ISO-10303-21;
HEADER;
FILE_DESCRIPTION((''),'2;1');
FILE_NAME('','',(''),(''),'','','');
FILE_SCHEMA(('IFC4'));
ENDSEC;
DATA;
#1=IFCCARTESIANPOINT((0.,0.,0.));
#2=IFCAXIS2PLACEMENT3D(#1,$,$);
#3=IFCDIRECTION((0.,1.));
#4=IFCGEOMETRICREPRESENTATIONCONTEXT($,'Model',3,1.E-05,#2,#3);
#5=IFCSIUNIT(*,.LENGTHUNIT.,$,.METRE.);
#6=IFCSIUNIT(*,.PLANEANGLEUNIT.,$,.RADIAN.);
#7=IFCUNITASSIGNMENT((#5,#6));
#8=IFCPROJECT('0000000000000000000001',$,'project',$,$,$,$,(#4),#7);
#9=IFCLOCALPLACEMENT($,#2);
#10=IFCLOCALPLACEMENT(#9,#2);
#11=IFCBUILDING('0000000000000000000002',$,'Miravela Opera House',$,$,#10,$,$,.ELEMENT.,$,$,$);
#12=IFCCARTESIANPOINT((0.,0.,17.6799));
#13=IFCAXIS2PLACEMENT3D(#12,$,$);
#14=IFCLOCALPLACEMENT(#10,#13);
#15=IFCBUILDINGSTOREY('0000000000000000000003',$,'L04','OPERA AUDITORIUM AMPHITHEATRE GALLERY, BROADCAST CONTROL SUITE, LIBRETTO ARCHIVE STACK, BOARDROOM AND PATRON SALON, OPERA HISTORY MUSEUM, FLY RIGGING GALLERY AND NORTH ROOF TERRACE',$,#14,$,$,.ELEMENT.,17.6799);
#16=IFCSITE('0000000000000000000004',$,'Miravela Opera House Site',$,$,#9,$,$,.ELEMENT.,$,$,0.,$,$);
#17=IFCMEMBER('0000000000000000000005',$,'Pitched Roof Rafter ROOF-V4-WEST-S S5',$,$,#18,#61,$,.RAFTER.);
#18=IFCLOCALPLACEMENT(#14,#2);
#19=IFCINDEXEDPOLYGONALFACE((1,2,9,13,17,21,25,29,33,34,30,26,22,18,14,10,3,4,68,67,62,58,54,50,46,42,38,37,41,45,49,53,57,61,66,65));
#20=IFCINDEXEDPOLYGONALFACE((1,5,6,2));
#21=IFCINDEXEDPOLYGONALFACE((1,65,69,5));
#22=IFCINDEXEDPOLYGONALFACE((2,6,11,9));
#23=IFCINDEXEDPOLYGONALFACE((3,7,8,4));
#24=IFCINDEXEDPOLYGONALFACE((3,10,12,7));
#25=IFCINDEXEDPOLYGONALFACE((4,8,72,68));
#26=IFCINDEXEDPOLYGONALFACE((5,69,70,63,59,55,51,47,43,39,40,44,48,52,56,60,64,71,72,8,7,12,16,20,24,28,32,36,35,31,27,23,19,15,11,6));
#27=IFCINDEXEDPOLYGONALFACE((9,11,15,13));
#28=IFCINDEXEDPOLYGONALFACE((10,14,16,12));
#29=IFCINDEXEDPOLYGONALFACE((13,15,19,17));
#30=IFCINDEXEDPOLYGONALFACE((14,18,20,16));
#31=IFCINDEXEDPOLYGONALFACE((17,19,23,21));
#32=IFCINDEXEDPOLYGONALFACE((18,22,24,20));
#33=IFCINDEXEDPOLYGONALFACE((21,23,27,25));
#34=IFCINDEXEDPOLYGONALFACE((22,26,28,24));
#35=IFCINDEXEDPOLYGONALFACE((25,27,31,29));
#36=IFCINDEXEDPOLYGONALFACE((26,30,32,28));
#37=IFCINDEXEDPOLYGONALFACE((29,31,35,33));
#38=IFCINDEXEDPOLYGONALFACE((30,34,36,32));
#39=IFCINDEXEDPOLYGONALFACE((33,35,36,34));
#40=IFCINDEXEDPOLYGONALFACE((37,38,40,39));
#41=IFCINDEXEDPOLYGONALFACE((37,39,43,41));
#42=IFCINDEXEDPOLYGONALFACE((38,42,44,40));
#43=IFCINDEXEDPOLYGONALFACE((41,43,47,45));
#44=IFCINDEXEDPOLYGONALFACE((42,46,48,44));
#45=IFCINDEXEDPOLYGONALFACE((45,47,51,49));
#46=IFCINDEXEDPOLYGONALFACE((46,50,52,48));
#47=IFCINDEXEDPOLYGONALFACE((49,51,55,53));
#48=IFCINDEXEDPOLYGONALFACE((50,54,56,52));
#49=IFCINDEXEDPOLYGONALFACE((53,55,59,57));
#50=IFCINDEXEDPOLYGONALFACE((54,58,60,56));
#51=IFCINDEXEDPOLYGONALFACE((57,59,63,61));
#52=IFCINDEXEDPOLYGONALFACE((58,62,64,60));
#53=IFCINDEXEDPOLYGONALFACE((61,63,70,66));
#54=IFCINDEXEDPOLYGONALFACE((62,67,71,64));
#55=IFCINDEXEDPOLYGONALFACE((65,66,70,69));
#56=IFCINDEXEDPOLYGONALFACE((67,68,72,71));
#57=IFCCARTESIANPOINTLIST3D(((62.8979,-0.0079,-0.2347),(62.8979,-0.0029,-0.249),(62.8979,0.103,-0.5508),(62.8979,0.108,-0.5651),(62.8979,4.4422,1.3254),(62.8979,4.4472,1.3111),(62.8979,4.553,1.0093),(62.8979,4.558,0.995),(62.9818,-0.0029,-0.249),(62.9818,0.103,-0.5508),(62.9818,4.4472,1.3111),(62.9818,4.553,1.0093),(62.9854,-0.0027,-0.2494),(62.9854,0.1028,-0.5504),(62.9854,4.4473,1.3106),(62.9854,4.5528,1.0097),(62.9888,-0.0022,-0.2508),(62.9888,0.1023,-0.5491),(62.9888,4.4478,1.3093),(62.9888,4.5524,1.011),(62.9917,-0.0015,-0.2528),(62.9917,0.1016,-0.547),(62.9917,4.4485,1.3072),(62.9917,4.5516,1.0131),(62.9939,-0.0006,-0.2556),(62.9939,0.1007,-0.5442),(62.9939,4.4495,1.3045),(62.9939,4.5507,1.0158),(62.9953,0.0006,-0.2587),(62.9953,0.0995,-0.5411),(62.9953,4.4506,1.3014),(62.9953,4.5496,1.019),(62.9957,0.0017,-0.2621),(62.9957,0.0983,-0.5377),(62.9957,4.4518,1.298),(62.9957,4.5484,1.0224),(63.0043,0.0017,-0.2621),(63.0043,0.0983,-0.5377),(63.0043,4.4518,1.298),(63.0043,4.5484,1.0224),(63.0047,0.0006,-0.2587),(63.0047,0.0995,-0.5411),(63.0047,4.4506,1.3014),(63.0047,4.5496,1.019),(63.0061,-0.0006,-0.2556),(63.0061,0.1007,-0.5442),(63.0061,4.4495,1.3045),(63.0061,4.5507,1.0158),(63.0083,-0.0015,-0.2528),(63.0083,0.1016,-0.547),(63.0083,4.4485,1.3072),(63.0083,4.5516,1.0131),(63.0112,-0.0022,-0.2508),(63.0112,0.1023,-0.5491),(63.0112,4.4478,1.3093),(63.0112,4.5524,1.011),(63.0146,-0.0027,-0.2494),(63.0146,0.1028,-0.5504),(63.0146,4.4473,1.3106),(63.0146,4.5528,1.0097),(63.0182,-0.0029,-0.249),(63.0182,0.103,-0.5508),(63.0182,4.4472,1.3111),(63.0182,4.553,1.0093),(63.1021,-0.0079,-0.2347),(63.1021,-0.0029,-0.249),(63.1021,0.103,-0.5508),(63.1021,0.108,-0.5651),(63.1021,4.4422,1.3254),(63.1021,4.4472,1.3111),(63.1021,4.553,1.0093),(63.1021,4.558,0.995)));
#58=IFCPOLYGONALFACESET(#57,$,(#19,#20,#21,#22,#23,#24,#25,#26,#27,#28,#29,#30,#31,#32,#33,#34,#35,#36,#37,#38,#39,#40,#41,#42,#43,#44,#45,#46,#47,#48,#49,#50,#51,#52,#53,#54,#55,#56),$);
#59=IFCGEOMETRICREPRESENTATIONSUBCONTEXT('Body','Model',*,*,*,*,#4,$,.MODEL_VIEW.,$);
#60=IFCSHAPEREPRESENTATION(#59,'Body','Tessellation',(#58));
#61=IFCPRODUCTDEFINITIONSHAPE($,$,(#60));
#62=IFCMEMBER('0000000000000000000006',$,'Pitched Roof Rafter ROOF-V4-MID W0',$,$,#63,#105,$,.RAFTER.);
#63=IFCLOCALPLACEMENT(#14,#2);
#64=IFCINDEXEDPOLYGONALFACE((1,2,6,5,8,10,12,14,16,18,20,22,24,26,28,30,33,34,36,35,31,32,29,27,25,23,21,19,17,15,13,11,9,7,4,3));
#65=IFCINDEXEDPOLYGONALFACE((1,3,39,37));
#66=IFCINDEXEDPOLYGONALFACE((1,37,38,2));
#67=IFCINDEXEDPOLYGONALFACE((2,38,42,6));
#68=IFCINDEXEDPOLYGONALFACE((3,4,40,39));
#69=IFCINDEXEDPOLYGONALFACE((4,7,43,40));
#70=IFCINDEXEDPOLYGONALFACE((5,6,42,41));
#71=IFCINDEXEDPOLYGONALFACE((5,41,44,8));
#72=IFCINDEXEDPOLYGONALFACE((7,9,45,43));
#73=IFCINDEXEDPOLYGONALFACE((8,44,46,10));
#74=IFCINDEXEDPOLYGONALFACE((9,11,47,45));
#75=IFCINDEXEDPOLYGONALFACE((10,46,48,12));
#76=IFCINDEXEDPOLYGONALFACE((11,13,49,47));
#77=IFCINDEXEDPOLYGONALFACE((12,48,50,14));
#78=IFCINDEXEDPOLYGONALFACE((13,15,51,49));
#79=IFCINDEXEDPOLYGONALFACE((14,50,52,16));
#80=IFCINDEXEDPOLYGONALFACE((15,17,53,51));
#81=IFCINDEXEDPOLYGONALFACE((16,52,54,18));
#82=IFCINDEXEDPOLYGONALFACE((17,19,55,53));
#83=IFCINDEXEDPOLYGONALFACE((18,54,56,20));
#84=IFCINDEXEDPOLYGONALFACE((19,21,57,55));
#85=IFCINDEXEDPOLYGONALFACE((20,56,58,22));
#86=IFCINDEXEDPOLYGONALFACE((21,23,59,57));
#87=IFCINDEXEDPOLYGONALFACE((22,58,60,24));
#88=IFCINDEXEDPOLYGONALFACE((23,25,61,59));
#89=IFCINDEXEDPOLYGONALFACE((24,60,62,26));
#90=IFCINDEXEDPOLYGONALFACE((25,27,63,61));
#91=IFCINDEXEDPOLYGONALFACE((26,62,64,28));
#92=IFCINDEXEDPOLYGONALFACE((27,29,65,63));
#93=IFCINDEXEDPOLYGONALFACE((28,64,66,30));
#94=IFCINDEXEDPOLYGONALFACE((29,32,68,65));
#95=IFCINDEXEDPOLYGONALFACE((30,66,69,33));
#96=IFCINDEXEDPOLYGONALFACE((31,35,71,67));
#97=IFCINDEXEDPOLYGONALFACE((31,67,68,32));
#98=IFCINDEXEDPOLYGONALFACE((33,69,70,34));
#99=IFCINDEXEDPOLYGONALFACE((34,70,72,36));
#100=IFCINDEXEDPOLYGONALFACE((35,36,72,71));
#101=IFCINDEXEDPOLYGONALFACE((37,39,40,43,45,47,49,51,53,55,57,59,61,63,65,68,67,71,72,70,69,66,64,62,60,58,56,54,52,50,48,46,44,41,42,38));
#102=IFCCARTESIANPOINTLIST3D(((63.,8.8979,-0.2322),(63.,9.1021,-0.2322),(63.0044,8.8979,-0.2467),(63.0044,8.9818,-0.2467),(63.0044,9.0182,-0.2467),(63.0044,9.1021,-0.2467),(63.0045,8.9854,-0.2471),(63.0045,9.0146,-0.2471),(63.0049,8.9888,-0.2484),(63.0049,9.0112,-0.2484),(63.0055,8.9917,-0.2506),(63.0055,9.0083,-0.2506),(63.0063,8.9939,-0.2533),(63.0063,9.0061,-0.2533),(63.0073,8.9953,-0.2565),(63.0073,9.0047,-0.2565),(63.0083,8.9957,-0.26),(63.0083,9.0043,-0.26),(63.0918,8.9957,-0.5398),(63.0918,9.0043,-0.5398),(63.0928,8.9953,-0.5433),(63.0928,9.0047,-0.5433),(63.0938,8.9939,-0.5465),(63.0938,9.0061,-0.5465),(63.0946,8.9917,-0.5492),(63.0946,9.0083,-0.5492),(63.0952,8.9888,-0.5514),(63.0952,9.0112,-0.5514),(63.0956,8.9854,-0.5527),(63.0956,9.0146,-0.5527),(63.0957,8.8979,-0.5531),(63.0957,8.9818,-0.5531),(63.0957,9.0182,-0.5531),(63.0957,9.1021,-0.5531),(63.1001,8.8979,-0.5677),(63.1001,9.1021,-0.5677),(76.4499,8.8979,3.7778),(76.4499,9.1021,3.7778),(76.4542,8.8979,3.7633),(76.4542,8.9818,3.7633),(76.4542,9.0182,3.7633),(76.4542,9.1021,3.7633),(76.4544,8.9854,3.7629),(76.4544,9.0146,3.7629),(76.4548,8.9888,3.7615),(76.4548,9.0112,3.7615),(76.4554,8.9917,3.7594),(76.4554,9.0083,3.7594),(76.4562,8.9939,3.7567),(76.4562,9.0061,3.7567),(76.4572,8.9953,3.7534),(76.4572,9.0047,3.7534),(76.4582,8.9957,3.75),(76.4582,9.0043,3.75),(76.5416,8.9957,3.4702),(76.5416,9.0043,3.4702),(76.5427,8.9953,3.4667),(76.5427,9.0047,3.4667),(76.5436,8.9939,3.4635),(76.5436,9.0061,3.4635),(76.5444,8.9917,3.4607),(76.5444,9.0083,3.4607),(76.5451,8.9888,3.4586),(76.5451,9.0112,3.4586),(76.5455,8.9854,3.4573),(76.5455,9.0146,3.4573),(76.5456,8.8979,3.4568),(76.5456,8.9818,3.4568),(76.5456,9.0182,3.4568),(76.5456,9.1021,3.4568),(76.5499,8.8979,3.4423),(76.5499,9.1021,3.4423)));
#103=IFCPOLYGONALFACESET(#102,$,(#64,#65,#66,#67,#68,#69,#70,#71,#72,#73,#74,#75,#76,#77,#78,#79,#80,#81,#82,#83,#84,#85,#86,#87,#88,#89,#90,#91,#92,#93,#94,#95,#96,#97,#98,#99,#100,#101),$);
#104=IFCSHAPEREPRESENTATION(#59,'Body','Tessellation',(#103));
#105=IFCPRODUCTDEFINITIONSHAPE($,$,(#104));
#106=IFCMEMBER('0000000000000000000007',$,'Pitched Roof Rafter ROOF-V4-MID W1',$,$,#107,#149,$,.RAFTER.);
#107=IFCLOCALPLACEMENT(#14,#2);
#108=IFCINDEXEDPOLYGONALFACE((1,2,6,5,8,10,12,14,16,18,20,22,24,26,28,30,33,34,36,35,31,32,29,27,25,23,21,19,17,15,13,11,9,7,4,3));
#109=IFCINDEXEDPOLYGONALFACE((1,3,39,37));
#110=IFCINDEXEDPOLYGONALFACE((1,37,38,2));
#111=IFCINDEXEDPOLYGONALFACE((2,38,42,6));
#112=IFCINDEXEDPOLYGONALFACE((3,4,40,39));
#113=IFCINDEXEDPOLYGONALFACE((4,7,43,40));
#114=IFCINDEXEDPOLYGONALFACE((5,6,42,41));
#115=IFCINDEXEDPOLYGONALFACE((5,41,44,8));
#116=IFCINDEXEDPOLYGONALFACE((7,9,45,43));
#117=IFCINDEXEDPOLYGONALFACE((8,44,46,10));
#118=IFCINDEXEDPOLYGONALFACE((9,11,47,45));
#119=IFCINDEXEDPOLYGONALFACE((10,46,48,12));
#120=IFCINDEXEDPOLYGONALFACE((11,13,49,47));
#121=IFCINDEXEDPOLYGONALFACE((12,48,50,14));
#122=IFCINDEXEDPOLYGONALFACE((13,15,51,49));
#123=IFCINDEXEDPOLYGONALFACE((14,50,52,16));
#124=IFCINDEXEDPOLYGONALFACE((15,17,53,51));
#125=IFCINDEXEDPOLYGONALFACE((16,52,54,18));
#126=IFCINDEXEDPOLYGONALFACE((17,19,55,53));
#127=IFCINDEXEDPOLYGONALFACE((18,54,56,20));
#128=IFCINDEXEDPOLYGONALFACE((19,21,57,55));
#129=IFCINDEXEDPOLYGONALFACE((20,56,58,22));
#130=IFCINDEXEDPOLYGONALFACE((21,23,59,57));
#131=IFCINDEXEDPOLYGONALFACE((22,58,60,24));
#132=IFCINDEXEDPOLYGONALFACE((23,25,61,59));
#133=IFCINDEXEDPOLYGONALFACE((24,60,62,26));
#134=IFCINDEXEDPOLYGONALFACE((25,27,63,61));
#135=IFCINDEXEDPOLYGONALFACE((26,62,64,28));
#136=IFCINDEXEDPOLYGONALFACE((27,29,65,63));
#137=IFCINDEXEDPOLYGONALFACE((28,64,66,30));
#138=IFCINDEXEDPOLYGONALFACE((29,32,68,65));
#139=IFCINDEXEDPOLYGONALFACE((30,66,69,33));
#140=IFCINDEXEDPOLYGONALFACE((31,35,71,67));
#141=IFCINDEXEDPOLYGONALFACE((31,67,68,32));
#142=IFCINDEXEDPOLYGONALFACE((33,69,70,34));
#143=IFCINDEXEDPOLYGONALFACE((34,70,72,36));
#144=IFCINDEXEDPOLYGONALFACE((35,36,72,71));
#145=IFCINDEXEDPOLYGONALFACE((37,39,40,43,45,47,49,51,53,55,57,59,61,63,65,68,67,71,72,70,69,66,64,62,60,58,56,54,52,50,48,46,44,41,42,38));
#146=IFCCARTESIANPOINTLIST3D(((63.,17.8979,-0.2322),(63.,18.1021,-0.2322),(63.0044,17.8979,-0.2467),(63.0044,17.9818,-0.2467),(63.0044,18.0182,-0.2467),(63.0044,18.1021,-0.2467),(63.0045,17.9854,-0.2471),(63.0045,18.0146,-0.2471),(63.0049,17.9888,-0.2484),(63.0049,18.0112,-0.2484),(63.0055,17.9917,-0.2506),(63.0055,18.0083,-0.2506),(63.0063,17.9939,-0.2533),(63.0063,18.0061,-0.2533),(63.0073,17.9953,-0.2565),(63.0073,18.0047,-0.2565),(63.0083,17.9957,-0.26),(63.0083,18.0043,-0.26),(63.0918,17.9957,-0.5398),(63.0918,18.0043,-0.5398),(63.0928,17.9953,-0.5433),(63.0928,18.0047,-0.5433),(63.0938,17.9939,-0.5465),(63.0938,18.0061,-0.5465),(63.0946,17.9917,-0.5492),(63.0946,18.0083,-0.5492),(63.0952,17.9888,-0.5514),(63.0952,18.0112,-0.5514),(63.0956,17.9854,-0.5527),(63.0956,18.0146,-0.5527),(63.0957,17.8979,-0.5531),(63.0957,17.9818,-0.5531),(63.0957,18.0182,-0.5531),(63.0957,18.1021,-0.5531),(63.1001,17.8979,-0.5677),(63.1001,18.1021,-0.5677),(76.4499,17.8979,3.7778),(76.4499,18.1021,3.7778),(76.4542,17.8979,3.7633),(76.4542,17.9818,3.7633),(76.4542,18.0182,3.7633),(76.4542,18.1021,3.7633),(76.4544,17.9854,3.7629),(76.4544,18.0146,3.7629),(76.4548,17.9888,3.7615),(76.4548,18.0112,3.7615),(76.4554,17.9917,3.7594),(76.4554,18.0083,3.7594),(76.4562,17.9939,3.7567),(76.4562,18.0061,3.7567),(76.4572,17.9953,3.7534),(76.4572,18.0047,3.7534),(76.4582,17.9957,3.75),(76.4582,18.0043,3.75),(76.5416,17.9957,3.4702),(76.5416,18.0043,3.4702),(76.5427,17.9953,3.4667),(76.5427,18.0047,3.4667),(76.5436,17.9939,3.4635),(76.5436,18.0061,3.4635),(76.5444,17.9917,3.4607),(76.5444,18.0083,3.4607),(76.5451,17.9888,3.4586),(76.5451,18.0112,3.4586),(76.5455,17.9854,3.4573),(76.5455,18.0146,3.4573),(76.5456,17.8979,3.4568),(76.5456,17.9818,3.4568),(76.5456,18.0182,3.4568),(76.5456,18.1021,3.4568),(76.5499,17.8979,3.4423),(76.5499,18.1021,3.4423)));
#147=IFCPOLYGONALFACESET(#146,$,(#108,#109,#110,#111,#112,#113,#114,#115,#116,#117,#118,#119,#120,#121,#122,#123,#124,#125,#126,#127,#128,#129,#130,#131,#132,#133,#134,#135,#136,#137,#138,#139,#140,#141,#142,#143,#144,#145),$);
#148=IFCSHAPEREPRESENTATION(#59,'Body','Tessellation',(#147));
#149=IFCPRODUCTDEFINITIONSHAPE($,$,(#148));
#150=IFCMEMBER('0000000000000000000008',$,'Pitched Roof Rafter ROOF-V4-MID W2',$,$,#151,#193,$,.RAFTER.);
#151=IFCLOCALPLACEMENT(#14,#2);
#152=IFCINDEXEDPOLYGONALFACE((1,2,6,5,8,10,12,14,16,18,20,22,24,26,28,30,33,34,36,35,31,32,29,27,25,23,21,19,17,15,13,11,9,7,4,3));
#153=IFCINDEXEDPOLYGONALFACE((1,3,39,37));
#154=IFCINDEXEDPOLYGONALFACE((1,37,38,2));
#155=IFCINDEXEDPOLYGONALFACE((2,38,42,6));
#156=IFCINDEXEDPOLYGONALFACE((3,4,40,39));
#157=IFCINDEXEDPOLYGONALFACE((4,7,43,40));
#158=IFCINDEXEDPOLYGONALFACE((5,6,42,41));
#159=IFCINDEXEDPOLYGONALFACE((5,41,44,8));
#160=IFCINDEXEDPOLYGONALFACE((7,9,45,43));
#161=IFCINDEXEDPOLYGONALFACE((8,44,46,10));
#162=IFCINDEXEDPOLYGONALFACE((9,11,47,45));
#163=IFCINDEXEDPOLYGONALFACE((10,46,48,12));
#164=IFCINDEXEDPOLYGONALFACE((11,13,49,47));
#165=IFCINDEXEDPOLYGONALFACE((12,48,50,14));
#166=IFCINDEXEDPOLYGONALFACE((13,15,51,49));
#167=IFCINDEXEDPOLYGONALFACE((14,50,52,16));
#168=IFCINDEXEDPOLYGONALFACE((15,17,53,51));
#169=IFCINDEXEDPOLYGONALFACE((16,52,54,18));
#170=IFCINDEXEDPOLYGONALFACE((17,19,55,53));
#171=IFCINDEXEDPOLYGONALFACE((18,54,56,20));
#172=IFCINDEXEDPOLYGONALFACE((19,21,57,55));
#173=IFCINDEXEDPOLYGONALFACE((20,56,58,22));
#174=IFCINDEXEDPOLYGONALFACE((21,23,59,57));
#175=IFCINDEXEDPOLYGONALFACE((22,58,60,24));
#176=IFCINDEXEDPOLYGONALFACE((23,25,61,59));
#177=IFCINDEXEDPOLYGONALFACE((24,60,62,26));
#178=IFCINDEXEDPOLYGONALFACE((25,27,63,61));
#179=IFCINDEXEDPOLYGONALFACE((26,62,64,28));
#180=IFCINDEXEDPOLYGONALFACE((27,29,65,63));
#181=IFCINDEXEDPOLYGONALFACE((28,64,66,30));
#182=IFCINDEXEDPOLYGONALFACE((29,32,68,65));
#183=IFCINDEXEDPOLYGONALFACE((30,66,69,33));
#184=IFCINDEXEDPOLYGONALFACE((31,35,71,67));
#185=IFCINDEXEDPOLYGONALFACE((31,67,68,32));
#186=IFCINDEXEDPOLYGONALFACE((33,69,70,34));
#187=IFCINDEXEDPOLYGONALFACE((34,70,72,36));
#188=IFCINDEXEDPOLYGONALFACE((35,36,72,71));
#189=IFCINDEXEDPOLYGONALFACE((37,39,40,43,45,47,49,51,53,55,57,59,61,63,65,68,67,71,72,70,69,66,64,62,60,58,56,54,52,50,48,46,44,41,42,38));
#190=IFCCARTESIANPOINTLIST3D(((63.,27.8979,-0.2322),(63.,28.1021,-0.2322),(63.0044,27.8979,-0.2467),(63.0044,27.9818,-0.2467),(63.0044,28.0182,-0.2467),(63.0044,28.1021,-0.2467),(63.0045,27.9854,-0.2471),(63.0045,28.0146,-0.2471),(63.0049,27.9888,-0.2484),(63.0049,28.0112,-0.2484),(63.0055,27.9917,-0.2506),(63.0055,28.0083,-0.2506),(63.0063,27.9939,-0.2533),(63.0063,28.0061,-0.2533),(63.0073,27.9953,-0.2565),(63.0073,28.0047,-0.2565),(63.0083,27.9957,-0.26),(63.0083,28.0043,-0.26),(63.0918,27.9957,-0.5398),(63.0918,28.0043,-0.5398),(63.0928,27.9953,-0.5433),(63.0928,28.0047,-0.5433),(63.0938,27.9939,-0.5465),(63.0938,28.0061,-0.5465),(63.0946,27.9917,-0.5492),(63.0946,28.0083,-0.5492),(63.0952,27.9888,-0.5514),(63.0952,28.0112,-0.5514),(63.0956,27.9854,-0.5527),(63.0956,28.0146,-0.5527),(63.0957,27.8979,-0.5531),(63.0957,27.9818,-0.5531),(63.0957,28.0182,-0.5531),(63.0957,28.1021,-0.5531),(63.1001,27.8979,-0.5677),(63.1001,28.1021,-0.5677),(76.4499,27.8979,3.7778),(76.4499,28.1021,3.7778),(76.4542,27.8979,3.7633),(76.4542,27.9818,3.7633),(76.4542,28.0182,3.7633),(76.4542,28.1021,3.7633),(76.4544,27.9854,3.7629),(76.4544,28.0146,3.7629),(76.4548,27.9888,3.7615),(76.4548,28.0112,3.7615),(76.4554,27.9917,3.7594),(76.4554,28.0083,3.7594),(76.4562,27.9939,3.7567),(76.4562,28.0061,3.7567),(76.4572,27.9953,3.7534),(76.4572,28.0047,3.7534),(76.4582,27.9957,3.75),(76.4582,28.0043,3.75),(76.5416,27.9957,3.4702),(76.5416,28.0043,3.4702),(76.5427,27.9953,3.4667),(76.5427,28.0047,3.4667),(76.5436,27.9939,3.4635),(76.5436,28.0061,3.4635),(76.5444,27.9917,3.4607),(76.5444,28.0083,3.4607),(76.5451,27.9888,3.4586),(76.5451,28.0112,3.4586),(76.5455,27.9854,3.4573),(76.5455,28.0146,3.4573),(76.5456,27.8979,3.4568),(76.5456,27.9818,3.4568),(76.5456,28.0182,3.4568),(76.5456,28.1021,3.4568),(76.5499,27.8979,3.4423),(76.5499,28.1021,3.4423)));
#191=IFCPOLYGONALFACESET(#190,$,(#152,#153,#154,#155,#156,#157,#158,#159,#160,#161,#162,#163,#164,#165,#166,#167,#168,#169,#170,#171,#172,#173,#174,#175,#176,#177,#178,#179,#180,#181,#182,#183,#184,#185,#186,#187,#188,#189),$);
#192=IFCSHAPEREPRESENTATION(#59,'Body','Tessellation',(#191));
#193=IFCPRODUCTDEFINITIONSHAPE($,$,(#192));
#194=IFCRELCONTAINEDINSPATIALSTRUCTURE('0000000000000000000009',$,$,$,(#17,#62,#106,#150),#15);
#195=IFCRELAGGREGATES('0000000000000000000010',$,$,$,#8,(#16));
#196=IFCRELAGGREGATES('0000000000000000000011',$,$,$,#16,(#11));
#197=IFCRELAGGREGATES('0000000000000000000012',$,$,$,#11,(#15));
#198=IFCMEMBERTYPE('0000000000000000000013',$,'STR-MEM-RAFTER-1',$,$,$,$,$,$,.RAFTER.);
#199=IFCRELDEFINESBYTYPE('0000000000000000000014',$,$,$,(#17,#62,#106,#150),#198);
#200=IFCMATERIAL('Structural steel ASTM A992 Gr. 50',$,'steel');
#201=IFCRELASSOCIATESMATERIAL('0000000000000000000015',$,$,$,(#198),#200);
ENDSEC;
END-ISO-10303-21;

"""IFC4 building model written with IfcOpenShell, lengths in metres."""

from ifc_helpers import new_model, si_unit, direction, frame, origin, origin_2d, place, context, subcontext, project, spatial, i_section, extrude, material, material_profile, profile_set, type_object, element, save


model = new_model("IFC4")

# Units and contexts
model_context = context("Model", 3, precision=1e-05, world=origin(), true_north=direction((0.0, 1.0)))
body_context = subcontext(model_context, "Body", "Model", "MODEL_VIEW")
ifc_project = project(units=[si_unit("LENGTHUNIT", "METRE"), si_unit("PLANEANGLEUNIT", "RADIAN")], contexts=[model_context])

# Site, building, storey
site_placement = place(None, origin())
site = spatial("IfcSite", under=ifc_project, at=site_placement, Name="Miravela Opera House Site", CompositionType="ELEMENT", RefElevation=0.0)
building_placement = place(site_placement, origin())
building = spatial("IfcBuilding", under=site, at=building_placement, Name="Miravela Opera House", CompositionType="ELEMENT")
storey_placement = place(building_placement, frame((0.0, 0.0, 17.6799)))
storey = spatial("IfcBuildingStorey", under=building, at=storey_placement, Name="L04", Description="OPERA AUDITORIUM AMPHITHEATRE GALLERY, BROADCAST CONTROL SUITE, LIBRETTO ARCHIVE STACK, BOARDROOM AND PATRON SALON, OPERA HISTORY MUSEUM, FLY RIGGING GALLERY AND NORTH ROOF TERRACE", CompositionType="ELEMENT", Elevation=17.6799)

# Members
ifc_material_1 = material(Name="Structural steel ASTM A992 Gr. 50", Category="steel")
ifc_material_profile_1 = material_profile(ifc_material_1, i_section(OverallWidth=0.2041, OverallDepth=0.3501, WebThickness=0.0085, FlangeThickness=0.0151, FilletRadius=0.0139, at=origin_2d()), Name="W360X72")
ifc_profile_set_1 = profile_set([ifc_material_profile_1])
member_type_1 = type_object("IfcMemberType", Name="STR-MEM-RAFTER-1", PredefinedType="RAFTER", material=ifc_profile_set_1)
for number, where, z_axis, x_axis, name in (
    (1, (63.0, 0.05, -0.3999), (0.0, 0.943688, 0.330837), (-1.0, 0.0, 0.0), "Pitched Roof Rafter ROOF-V4-WEST-S S5"),
):
    element("IfcMember", number, at=place(storey_placement, frame(where, z_axis=z_axis, x_axis=x_axis)), inside=storey, type_object=member_type_1, Name=name, PredefinedType="RAFTER", context=body_context, shape_type="SweptSolid", body=[
        extrude(i_section(OverallWidth=0.2041, OverallDepth=0.3501, WebThickness=0.0085, FlangeThickness=0.0151, FilletRadius=0.0139, at=origin_2d()), origin(), (0.0, 0.0, 1.0), 4.7156),
    ])
for number, where, z_axis, x_axis, name in (
    (2, (63.05, 9.0, -0.3999), (0.958315, 0.0, 0.285715), (0.0, 1.0, 0.0), "Pitched Roof Rafter ROOF-V4-MID W0"),
    (3, (63.05, 18.0, -0.3999), (0.958315, 0.0, 0.285715), (0.0, 1.0, 0.0), "Pitched Roof Rafter ROOF-V4-MID W1"),
    (4, (63.05, 28.0, -0.3999), (0.958315, 0.0, 0.285715), (0.0, 1.0, 0.0), "Pitched Roof Rafter ROOF-V4-MID W2"),
):
    element("IfcMember", number, at=place(storey_placement, frame(where, z_axis=z_axis, x_axis=x_axis)), inside=storey, type_object=member_type_1, Name=name, PredefinedType="RAFTER", context=body_context, shape_type="SweptSolid", body=[
        extrude(i_section(OverallWidth=0.2041, OverallDepth=0.3501, WebThickness=0.0085, FlangeThickness=0.0151, FilletRadius=0.0139, at=origin_2d()), origin(), (0.0, 0.0, 1.0), 14.0349),
    ])

save(model, "model.ifc")
